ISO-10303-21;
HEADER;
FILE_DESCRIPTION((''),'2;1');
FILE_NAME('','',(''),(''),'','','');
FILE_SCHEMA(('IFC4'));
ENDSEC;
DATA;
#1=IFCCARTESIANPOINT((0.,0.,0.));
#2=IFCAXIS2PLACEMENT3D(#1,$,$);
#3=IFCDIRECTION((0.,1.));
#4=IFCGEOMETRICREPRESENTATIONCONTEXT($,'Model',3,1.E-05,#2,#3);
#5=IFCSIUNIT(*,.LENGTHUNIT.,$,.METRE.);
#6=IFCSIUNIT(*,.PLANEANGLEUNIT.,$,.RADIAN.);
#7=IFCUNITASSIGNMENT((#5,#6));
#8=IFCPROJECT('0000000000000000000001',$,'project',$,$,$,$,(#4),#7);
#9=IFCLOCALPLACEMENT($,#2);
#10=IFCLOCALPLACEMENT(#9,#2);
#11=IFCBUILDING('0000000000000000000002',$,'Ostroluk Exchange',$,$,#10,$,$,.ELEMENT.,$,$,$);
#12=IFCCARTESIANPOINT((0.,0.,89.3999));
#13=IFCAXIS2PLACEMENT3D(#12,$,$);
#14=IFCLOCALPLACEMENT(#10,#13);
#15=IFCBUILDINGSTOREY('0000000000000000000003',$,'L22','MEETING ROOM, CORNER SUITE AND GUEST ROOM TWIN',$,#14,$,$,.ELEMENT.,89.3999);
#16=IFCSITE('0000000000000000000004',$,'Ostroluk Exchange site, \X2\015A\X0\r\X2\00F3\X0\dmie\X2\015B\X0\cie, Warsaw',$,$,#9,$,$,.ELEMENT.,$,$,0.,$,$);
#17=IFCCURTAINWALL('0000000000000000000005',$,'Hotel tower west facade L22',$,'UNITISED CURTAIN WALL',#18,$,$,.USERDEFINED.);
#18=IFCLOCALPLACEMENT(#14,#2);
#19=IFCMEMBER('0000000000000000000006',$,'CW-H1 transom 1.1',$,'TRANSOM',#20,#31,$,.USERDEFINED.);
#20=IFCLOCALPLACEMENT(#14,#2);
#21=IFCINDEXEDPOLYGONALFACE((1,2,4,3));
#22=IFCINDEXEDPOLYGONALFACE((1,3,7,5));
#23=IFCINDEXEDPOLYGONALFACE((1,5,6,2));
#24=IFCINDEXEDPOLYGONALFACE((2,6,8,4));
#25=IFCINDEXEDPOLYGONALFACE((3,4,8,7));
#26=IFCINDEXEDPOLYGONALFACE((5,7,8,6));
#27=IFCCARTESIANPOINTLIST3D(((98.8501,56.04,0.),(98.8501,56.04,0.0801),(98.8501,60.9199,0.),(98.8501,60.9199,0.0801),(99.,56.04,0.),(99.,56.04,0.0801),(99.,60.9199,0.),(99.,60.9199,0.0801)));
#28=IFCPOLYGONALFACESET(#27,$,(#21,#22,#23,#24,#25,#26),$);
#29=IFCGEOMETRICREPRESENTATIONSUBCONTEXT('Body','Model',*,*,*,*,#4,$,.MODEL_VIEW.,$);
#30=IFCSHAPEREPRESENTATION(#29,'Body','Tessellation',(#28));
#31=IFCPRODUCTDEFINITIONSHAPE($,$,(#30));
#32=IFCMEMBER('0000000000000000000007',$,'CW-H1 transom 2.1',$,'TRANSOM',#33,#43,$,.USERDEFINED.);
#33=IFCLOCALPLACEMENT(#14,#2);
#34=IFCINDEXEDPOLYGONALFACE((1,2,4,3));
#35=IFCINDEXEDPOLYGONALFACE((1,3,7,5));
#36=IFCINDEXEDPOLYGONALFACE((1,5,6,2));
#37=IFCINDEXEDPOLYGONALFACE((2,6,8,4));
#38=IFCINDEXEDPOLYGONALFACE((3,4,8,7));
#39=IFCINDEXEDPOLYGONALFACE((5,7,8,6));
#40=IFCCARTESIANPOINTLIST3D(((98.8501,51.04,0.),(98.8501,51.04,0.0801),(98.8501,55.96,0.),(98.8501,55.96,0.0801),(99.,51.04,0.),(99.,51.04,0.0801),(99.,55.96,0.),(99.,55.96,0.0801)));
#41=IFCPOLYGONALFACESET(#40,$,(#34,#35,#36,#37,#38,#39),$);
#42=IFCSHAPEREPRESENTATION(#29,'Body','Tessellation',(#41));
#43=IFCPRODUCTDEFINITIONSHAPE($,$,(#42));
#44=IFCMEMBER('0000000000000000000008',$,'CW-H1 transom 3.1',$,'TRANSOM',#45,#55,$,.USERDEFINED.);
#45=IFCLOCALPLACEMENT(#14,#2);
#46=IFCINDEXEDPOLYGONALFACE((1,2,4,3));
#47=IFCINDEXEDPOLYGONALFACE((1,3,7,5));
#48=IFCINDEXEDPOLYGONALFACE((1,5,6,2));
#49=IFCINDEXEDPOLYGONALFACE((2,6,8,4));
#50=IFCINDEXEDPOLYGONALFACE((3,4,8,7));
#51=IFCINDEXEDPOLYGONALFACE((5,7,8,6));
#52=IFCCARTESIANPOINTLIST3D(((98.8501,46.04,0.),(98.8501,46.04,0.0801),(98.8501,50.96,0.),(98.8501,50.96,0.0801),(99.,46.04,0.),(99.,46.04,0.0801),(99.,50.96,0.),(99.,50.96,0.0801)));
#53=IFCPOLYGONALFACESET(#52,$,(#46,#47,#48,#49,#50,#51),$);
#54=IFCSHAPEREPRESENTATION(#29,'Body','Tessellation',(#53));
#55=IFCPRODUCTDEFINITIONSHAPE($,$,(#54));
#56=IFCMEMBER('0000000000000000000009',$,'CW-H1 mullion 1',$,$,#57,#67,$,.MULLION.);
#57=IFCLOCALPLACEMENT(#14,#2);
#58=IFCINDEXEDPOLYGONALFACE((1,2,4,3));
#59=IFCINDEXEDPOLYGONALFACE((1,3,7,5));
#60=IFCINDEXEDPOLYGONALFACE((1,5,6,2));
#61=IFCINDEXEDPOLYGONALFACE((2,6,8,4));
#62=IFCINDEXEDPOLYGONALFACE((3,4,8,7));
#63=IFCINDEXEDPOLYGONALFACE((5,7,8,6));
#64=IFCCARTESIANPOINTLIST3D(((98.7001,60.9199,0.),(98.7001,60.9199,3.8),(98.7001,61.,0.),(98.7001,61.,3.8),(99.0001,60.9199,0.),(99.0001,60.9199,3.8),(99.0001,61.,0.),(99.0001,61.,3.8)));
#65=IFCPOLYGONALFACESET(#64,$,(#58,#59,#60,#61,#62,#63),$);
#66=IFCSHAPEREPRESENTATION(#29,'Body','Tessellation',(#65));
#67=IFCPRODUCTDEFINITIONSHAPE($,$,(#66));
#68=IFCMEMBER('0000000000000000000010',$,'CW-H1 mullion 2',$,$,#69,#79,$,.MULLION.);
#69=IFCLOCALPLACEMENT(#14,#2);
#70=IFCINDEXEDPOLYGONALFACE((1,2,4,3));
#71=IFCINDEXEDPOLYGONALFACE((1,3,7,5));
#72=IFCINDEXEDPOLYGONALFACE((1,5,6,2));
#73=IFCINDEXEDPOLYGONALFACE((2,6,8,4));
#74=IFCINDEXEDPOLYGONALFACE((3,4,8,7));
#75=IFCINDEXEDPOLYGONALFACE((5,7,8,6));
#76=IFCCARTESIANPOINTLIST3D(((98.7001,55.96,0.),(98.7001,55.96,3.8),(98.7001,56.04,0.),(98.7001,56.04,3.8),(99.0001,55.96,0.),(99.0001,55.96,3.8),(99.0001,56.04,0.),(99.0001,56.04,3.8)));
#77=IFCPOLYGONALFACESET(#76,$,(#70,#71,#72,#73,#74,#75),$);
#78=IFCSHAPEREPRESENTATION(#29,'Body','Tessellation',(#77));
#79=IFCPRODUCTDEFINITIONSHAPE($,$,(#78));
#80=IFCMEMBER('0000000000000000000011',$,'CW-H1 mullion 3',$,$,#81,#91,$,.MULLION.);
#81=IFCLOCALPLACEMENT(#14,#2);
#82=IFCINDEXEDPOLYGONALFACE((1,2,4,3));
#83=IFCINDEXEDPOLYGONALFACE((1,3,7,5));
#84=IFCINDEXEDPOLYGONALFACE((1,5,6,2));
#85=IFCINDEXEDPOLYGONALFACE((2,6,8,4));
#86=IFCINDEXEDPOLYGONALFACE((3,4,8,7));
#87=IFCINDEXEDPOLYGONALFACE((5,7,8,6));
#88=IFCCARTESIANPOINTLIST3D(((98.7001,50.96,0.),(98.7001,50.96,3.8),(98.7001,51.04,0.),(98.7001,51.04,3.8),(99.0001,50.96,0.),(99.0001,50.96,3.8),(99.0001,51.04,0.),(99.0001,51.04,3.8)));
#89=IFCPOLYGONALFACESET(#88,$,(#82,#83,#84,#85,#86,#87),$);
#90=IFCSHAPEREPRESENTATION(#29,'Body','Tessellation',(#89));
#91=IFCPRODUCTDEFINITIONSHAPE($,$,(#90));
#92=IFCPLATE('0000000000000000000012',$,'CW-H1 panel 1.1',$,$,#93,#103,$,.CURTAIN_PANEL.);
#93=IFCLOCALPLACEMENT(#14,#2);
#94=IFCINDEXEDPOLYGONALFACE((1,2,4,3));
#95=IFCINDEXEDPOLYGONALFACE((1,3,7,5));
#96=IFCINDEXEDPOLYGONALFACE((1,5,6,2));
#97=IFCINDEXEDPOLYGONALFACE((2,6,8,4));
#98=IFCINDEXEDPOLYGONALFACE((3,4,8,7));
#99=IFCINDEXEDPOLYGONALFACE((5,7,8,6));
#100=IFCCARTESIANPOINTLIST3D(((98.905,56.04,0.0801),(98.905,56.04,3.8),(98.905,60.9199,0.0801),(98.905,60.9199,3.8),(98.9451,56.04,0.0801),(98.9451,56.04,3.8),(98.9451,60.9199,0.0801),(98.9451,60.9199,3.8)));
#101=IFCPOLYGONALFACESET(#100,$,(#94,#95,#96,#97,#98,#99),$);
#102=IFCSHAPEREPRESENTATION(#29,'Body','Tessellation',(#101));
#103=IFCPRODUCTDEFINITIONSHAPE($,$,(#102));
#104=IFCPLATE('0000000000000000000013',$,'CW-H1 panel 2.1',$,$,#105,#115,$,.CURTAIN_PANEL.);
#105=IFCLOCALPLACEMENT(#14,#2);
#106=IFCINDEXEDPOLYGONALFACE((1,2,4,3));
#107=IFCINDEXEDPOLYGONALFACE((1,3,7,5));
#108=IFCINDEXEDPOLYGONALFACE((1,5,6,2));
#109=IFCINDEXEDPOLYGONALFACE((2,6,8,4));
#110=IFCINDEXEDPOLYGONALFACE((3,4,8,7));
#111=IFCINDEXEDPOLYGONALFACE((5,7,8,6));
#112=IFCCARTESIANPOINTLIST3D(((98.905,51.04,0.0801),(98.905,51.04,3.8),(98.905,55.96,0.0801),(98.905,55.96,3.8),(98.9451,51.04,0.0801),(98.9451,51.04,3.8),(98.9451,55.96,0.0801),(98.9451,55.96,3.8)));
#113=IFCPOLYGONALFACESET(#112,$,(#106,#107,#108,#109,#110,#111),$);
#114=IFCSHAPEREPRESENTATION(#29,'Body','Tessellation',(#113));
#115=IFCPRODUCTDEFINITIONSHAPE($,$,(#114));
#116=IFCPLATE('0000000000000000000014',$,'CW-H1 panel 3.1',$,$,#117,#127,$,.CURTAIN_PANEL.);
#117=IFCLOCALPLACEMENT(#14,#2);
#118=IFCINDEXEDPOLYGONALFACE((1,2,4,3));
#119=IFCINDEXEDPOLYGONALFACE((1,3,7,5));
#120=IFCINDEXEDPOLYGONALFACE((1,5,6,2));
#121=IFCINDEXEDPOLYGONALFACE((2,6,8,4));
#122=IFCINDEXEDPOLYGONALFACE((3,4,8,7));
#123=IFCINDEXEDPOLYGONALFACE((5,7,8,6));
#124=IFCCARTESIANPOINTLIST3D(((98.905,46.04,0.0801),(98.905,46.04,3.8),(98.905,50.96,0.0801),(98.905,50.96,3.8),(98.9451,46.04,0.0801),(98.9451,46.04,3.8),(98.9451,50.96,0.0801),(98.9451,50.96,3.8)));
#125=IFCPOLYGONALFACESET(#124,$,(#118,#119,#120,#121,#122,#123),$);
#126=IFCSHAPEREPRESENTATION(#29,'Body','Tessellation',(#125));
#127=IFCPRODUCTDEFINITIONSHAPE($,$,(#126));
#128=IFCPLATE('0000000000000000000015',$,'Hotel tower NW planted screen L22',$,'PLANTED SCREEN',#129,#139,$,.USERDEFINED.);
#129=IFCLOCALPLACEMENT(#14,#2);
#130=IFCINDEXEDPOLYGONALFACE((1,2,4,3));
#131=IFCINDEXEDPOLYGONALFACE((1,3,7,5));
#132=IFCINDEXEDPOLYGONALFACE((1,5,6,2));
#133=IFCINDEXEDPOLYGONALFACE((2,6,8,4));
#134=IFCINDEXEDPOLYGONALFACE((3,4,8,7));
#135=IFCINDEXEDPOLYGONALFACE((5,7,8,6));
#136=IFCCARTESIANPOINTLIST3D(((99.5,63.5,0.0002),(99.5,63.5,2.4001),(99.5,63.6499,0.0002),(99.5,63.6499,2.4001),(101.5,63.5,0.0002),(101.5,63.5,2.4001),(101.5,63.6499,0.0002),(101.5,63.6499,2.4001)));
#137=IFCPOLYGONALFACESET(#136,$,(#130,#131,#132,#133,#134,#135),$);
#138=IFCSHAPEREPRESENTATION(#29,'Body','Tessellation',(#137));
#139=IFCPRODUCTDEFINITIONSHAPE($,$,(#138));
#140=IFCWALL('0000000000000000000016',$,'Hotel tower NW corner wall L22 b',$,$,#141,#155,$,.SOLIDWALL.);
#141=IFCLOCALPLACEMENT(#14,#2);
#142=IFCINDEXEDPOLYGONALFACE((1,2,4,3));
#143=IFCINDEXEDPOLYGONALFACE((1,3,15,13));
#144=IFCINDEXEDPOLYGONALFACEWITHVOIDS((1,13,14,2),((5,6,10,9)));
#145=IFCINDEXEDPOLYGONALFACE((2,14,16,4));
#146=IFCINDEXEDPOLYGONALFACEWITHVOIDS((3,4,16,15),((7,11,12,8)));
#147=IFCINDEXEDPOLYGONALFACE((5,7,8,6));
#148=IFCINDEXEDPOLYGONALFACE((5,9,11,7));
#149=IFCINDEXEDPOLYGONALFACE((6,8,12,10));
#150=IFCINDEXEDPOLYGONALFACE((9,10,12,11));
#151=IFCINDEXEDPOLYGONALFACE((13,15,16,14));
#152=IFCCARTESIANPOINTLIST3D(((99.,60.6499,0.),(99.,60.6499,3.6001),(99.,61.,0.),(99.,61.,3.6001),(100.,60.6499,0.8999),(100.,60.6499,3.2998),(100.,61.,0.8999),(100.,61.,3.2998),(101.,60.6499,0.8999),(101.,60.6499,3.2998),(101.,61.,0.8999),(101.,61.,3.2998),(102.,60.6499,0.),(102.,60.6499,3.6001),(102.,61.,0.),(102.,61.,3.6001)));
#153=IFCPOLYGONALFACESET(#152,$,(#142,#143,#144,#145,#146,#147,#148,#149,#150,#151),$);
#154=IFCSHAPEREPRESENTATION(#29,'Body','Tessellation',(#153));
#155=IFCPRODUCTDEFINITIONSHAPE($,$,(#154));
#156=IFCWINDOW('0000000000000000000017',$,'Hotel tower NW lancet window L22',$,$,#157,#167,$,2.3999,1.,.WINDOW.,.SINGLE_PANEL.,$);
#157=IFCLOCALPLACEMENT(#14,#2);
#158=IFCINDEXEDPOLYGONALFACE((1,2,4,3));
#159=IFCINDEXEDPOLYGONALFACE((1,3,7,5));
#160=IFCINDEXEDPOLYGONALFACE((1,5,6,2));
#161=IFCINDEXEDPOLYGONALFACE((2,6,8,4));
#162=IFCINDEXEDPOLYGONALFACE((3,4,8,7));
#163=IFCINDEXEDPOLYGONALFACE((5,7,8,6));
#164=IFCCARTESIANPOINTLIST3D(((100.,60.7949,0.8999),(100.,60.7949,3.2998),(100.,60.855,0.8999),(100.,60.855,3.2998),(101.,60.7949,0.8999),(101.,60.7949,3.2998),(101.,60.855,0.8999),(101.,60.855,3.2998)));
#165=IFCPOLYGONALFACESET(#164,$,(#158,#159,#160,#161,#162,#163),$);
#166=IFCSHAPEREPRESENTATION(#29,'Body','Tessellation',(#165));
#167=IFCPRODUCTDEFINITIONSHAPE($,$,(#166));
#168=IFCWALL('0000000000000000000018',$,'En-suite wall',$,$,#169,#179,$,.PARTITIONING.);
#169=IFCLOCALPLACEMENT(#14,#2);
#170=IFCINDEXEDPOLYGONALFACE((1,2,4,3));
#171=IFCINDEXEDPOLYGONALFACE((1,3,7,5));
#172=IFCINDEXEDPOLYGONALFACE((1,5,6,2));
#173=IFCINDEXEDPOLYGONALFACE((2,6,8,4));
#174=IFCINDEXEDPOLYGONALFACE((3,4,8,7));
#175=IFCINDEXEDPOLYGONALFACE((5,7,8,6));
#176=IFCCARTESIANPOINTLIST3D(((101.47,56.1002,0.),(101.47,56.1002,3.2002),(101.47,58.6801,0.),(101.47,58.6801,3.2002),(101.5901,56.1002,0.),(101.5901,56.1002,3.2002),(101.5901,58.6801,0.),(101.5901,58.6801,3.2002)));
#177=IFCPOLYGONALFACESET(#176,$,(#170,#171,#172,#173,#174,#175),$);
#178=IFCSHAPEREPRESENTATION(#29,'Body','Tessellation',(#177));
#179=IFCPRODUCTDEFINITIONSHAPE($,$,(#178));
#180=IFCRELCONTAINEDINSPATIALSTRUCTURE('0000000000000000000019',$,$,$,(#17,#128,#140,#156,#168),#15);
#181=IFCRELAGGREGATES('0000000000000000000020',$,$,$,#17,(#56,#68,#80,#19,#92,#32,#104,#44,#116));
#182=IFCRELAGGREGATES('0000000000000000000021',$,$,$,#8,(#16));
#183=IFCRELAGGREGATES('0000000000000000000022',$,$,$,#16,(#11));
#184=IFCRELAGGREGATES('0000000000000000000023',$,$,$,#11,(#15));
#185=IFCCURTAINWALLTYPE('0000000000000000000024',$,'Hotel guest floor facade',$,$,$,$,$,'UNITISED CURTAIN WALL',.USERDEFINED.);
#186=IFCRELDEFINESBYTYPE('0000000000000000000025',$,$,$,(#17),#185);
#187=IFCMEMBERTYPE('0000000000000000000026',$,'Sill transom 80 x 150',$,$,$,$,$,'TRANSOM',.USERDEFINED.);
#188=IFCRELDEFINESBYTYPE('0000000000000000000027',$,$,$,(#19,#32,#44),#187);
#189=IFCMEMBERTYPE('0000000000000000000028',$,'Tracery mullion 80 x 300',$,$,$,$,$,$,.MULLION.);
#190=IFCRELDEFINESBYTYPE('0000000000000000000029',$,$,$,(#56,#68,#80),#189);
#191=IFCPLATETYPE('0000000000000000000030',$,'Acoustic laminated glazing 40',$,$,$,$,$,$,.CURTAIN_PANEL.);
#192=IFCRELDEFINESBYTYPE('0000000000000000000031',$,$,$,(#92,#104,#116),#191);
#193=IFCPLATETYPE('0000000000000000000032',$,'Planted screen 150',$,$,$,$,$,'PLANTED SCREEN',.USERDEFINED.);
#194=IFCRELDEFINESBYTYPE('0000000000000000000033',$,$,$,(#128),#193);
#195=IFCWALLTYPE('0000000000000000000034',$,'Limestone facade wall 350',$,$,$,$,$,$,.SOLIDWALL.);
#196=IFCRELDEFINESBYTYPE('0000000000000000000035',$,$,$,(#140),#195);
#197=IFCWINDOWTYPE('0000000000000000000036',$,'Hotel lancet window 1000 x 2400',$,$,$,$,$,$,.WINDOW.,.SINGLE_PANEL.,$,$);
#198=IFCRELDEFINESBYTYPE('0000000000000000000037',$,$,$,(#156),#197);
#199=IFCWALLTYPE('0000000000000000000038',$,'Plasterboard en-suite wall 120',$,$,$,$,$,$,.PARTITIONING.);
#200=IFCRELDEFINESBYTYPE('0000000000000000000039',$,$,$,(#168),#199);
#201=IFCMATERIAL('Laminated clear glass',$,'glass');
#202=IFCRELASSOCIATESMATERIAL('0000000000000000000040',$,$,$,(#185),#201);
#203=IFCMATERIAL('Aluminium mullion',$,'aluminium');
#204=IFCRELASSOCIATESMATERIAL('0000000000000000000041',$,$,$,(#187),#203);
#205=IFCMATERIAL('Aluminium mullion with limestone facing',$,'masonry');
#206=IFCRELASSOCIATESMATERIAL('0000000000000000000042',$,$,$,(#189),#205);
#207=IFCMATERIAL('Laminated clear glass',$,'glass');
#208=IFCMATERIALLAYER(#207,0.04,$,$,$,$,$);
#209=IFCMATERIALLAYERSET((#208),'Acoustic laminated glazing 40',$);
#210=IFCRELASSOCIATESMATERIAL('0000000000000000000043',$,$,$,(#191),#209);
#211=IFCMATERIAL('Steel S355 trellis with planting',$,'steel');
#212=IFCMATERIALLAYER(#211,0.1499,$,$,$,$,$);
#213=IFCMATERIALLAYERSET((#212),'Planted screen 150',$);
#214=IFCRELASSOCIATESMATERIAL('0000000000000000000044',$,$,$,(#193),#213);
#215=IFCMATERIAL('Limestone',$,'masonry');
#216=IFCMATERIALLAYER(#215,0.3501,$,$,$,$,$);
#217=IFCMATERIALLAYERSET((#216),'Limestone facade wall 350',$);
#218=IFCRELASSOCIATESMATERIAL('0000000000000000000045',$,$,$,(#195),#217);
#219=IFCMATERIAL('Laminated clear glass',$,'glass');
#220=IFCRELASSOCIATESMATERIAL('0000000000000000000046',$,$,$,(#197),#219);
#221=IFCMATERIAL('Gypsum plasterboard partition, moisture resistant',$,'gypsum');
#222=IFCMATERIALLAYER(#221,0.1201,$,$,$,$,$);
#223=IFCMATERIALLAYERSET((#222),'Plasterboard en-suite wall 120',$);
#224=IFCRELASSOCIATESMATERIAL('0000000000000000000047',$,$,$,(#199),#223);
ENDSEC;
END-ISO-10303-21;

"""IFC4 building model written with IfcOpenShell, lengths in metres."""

from ifc_helpers import new_model, si_unit, direction, frame, frame_2d, origin, origin_2d, place, context, subcontext, project, spatial, rectangle, extrude, material, layer, layer_set, material_profile, profile_set, type_object, element, fill, aggregate, save


model = new_model("IFC4")

# Units and contexts
model_context = context("Model", 3, precision=1e-05, world=origin(), true_north=direction((0.0, 1.0)))
body_context = subcontext(model_context, "Body", "Model", "MODEL_VIEW")
ifc_project = project(units=[si_unit("LENGTHUNIT", "METRE"), si_unit("PLANEANGLEUNIT", "RADIAN")], contexts=[model_context])

# Site, building, storey
site_placement = place(None, origin())
site = spatial("IfcSite", under=ifc_project, at=site_placement, Name="Ostroluk Exchange site, Śródmieście, Warsaw", CompositionType="ELEMENT", RefElevation=0.0)
building_placement = place(site_placement, origin())
building = spatial("IfcBuilding", under=site, at=building_placement, Name="Ostroluk Exchange", CompositionType="ELEMENT")
storey_placement = place(building_placement, frame((0.0, 0.0, 89.3999)))
storey = spatial("IfcBuildingStorey", under=building, at=storey_placement, Name="L22", Description="MEETING ROOM, CORNER SUITE AND GUEST ROOM TWIN", CompositionType="ELEMENT", Elevation=89.3999)

# Curtain wall, members, plates
ifc_material_1 = material(Name="Laminated clear glass", Category="glass")
curtain_wall_type = type_object("IfcCurtainWallType", Name="Hotel guest floor facade", ElementType="UNITISED CURTAIN WALL", PredefinedType="USERDEFINED", material=ifc_material_1)
curtain_wall_placement = place(storey_placement, origin())
curtain_wall = element("IfcCurtainWall", 1, at=curtain_wall_placement, inside=storey, type_object=curtain_wall_type, Name="Hotel tower west facade L22", ObjectType="UNITISED CURTAIN WALL", PredefinedType="USERDEFINED")
ifc_material_2 = material(Name="Aluminium mullion", Category="aluminium")
ifc_material_profile_1 = material_profile(ifc_material_2, rectangle(XDim=0.1499, YDim=0.0801, at=origin_2d()), Name="Sill transom 80 x 150")
ifc_profile_set_1 = profile_set([ifc_material_profile_1], Name="Aluminium mullion")
member_type_1 = type_object("IfcMemberType", Name="Sill transom 80 x 150", ElementType="TRANSOM", PredefinedType="USERDEFINED", material=ifc_profile_set_1)
member_1_placement = place(storey_placement, frame((98.925, 60.9199, 0.04), z_axis=(0.0, -1.0, 0.0), x_axis=(1.0, 0.0, 0.0)))
member_1 = element("IfcMember", 2, at=member_1_placement, type_object=member_type_1, Name="CW-H1 transom 1.1", ObjectType="TRANSOM", PredefinedType="USERDEFINED", context=body_context, shape_type="SweptSolid", body=[
    extrude(rectangle(XDim=0.1499, YDim=0.0801, at=origin_2d()), origin(), (0.0, 0.0, 1.0), 4.8799),
])
member_2_placement = place(storey_placement, frame((98.925, 55.96, 0.04), z_axis=(0.0, -1.0, 0.0), x_axis=(1.0, 0.0, 0.0)))
member_2 = element("IfcMember", 3, at=member_2_placement, type_object=member_type_1, Name="CW-H1 transom 2.1", ObjectType="TRANSOM", PredefinedType="USERDEFINED", context=body_context, shape_type="SweptSolid", body=[
    extrude(rectangle(XDim=0.1499, YDim=0.0801, at=origin_2d()), origin(), (0.0, 0.0, 1.0), 4.9199),
])
member_3_placement = place(storey_placement, frame((98.925, 50.96, 0.04), z_axis=(0.0, -1.0, 0.0), x_axis=(1.0, 0.0, 0.0)))
member_3 = element("IfcMember", 4, at=member_3_placement, type_object=member_type_1, Name="CW-H1 transom 3.1", ObjectType="TRANSOM", PredefinedType="USERDEFINED", context=body_context, shape_type="SweptSolid", body=[
    extrude(rectangle(XDim=0.1499, YDim=0.0801, at=origin_2d()), origin(), (0.0, 0.0, 1.0), 4.9199),
])
ifc_material_3 = material(Name="Aluminium mullion with limestone facing", Category="masonry")
ifc_material_profile_2 = material_profile(ifc_material_3, rectangle(XDim=0.3, YDim=0.0801, at=origin_2d()), Name="Tracery mullion 80 x 300")
ifc_profile_set_2 = profile_set([ifc_material_profile_2], Name="Aluminium mullion with limestone facing")
member_type_2 = type_object("IfcMemberType", Name="Tracery mullion 80 x 300", PredefinedType="MULLION", material=ifc_profile_set_2)
member_4_placement = place(storey_placement, frame((98.8501, 60.96, 0.0), z_axis=(0.0, 0.0, 1.0), x_axis=(1.0, 0.0, 0.0)))
member_4 = element("IfcMember", 5, at=member_4_placement, type_object=member_type_2, Name="CW-H1 mullion 1", PredefinedType="MULLION", context=body_context, shape_type="SweptSolid", body=[
    extrude(rectangle(XDim=0.3, YDim=0.0801, at=origin_2d()), origin(), (0.0, 0.0, 1.0), 3.8),
])
member_5_placement = place(storey_placement, frame((98.8501, 56.0, 0.0), z_axis=(0.0, 0.0, 1.0), x_axis=(1.0, 0.0, 0.0)))
member_5 = element("IfcMember", 6, at=member_5_placement, type_object=member_type_2, Name="CW-H1 mullion 2", PredefinedType="MULLION", context=body_context, shape_type="SweptSolid", body=[
    extrude(rectangle(XDim=0.3, YDim=0.0801, at=origin_2d()), origin(), (0.0, 0.0, 1.0), 3.8),
])
member_6_placement = place(storey_placement, frame((98.8501, 51.0, 0.0), z_axis=(0.0, 0.0, 1.0), x_axis=(1.0, 0.0, 0.0)))
member_6 = element("IfcMember", 7, at=member_6_placement, type_object=member_type_2, Name="CW-H1 mullion 3", PredefinedType="MULLION", context=body_context, shape_type="SweptSolid", body=[
    extrude(rectangle(XDim=0.3, YDim=0.0801, at=origin_2d()), origin(), (0.0, 0.0, 1.0), 3.8),
])
ifc_material_4 = material(Name="Laminated clear glass", Category="glass")
ifc_layer_1 = layer(ifc_material_4, 0.04)
ifc_layer_set_1 = layer_set([ifc_layer_1], Name="Acoustic laminated glazing 40")
plate_type_1 = type_object("IfcPlateType", Name="Acoustic laminated glazing 40", PredefinedType="CURTAIN_PANEL", material=ifc_layer_set_1)
plate_1_placement = place(storey_placement, frame((98.925, 58.48, 0.0801), z_axis=(0.0, 0.0, 1.0), x_axis=(0.0, -1.0, 0.0)))
plate_1 = element("IfcPlate", 8, at=plate_1_placement, type_object=plate_type_1, Name="CW-H1 panel 1.1", PredefinedType="CURTAIN_PANEL", context=body_context, shape_type="SweptSolid", body=[
    extrude(rectangle(XDim=4.8799, YDim=0.04, at=origin_2d()), origin(), (0.0, 0.0, 1.0), 3.72),
])
plate_2_placement = place(storey_placement, frame((98.925, 53.5, 0.0801), z_axis=(0.0, 0.0, 1.0), x_axis=(0.0, -1.0, 0.0)))
plate_2 = element("IfcPlate", 9, at=plate_2_placement, type_object=plate_type_1, Name="CW-H1 panel 2.1", PredefinedType="CURTAIN_PANEL", context=body_context, shape_type="SweptSolid", body=[
    extrude(rectangle(XDim=4.9199, YDim=0.04, at=origin_2d()), origin(), (0.0, 0.0, 1.0), 3.72),
])
plate_3_placement = place(storey_placement, frame((98.925, 48.5, 0.0801), z_axis=(0.0, 0.0, 1.0), x_axis=(0.0, -1.0, 0.0)))
plate_3 = element("IfcPlate", 10, at=plate_3_placement, type_object=plate_type_1, Name="CW-H1 panel 3.1", PredefinedType="CURTAIN_PANEL", context=body_context, shape_type="SweptSolid", body=[
    extrude(rectangle(XDim=4.9199, YDim=0.04, at=origin_2d()), origin(), (0.0, 0.0, 1.0), 3.72),
])
aggregate(curtain_wall, [member_4, member_5, member_6, member_1, plate_1, member_2, plate_2, member_3, plate_3])

# Plate
ifc_material_5 = material(Name="Steel S355 trellis with planting", Category="steel")
ifc_layer_2 = layer(ifc_material_5, 0.1499)
ifc_layer_set_2 = layer_set([ifc_layer_2], Name="Planted screen 150")
plate_type_2 = type_object("IfcPlateType", Name="Planted screen 150", ElementType="PLANTED SCREEN", PredefinedType="USERDEFINED", material=ifc_layer_set_2)
plate_4_placement = place(storey_placement, frame((100.5, 63.575, 0.0002), z_axis=(0.0, 0.0, 1.0), x_axis=(1.0, 0.0, 0.0)))
element("IfcPlate", 11, at=plate_4_placement, inside=storey, type_object=plate_type_2, Name="Hotel tower NW planted screen L22", ObjectType="PLANTED SCREEN", PredefinedType="USERDEFINED", context=body_context, shape_type="SweptSolid", body=[
    extrude(rectangle(XDim=2.0, YDim=0.1499, at=origin_2d()), origin(), (0.0, 0.0, 1.0), 2.3999),
])

# Wall, opening, window
ifc_material_6 = material(Name="Limestone", Category="masonry")
ifc_layer_3 = layer(ifc_material_6, 0.3501)
ifc_layer_set_3 = layer_set([ifc_layer_3], Name="Limestone facade wall 350")
wall_type_1 = type_object("IfcWallType", Name="Limestone facade wall 350", PredefinedType="SOLIDWALL", material=ifc_layer_set_3)
wall_1_placement = place(storey_placement, frame((102.0, 60.825, 0.0), z_axis=(0.0, 0.0, 1.0), x_axis=(-1.0, 0.0, 0.0)))
wall_1 = element("IfcWall", 12, at=wall_1_placement, inside=storey, type_object=wall_type_1, Name="Hotel tower NW corner wall L22 b", PredefinedType="SOLIDWALL", context=body_context, shape_type="SweptSolid", body=[
    extrude(rectangle(XDim=3.0, YDim=0.3501, at=frame_2d((1.5, 0.0))), origin(), (0.0, 0.0, 1.0), 3.6001),
])
opening_placement = place(wall_1_placement, frame((1.0, 0.0, 0.8999)))
opening = element("IfcOpeningElement", 13, at=opening_placement, cuts=wall_1, PredefinedType="OPENING", context=body_context, shape_type="SweptSolid", body=[
    extrude(rectangle(XDim=1.0, YDim=2.3999, at=frame_2d((0.5, 1.2))), frame((0.0, 0.1851, 0.0), z_axis=(0.0, -1.0, 0.0), x_axis=(1.0, 0.0, 0.0)), (0.0, 0.0, 1.0), 0.3701),
])
ifc_material_7 = material(Name="Laminated clear glass", Category="glass")
window_type = type_object("IfcWindowType", Name="Hotel lancet window 1000 x 2400", PartitioningType="SINGLE_PANEL", PredefinedType="WINDOW", material=ifc_material_7)
window_placement = place(opening_placement, origin())
window = element("IfcWindow", 14, at=window_placement, inside=storey, type_object=window_type, Name="Hotel tower NW lancet window L22", OverallHeight=2.3999, OverallWidth=1.0, PartitioningType="SINGLE_PANEL", PredefinedType="WINDOW", context=body_context, shape_type="SweptSolid", body=[
    extrude(rectangle(XDim=1.0, YDim=2.3999, at=frame_2d((0.5, 1.2))), frame((0.0, 0.03, 0.0), z_axis=(0.0, -1.0, 0.0), x_axis=(1.0, 0.0, 0.0)), (0.0, 0.0, 1.0), 0.0601),
])
fill(opening, window)

# Wall
ifc_material_8 = material(Name="Gypsum plasterboard partition, moisture resistant", Category="gypsum")
ifc_layer_4 = layer(ifc_material_8, 0.1201)
ifc_layer_set_4 = layer_set([ifc_layer_4], Name="Plasterboard en-suite wall 120")
wall_type_2 = type_object("IfcWallType", Name="Plasterboard en-suite wall 120", PredefinedType="PARTITIONING", material=ifc_layer_set_4)
wall_2_placement = place(storey_placement, frame((101.53, 56.1001, 0.0), z_axis=(0.0, 0.0, 1.0), x_axis=(0.0, 1.0, 0.0)))
element("IfcWall", 15, at=wall_2_placement, inside=storey, type_object=wall_type_2, Name="En-suite wall", PredefinedType="PARTITIONING", context=body_context, shape_type="SweptSolid", body=[
    extrude(rectangle(XDim=2.5798, YDim=0.1201, at=frame_2d((1.29, 0.0))), origin(), (0.0, 0.0, 1.0), 3.2002),
])

save(model, "model.ifc")
